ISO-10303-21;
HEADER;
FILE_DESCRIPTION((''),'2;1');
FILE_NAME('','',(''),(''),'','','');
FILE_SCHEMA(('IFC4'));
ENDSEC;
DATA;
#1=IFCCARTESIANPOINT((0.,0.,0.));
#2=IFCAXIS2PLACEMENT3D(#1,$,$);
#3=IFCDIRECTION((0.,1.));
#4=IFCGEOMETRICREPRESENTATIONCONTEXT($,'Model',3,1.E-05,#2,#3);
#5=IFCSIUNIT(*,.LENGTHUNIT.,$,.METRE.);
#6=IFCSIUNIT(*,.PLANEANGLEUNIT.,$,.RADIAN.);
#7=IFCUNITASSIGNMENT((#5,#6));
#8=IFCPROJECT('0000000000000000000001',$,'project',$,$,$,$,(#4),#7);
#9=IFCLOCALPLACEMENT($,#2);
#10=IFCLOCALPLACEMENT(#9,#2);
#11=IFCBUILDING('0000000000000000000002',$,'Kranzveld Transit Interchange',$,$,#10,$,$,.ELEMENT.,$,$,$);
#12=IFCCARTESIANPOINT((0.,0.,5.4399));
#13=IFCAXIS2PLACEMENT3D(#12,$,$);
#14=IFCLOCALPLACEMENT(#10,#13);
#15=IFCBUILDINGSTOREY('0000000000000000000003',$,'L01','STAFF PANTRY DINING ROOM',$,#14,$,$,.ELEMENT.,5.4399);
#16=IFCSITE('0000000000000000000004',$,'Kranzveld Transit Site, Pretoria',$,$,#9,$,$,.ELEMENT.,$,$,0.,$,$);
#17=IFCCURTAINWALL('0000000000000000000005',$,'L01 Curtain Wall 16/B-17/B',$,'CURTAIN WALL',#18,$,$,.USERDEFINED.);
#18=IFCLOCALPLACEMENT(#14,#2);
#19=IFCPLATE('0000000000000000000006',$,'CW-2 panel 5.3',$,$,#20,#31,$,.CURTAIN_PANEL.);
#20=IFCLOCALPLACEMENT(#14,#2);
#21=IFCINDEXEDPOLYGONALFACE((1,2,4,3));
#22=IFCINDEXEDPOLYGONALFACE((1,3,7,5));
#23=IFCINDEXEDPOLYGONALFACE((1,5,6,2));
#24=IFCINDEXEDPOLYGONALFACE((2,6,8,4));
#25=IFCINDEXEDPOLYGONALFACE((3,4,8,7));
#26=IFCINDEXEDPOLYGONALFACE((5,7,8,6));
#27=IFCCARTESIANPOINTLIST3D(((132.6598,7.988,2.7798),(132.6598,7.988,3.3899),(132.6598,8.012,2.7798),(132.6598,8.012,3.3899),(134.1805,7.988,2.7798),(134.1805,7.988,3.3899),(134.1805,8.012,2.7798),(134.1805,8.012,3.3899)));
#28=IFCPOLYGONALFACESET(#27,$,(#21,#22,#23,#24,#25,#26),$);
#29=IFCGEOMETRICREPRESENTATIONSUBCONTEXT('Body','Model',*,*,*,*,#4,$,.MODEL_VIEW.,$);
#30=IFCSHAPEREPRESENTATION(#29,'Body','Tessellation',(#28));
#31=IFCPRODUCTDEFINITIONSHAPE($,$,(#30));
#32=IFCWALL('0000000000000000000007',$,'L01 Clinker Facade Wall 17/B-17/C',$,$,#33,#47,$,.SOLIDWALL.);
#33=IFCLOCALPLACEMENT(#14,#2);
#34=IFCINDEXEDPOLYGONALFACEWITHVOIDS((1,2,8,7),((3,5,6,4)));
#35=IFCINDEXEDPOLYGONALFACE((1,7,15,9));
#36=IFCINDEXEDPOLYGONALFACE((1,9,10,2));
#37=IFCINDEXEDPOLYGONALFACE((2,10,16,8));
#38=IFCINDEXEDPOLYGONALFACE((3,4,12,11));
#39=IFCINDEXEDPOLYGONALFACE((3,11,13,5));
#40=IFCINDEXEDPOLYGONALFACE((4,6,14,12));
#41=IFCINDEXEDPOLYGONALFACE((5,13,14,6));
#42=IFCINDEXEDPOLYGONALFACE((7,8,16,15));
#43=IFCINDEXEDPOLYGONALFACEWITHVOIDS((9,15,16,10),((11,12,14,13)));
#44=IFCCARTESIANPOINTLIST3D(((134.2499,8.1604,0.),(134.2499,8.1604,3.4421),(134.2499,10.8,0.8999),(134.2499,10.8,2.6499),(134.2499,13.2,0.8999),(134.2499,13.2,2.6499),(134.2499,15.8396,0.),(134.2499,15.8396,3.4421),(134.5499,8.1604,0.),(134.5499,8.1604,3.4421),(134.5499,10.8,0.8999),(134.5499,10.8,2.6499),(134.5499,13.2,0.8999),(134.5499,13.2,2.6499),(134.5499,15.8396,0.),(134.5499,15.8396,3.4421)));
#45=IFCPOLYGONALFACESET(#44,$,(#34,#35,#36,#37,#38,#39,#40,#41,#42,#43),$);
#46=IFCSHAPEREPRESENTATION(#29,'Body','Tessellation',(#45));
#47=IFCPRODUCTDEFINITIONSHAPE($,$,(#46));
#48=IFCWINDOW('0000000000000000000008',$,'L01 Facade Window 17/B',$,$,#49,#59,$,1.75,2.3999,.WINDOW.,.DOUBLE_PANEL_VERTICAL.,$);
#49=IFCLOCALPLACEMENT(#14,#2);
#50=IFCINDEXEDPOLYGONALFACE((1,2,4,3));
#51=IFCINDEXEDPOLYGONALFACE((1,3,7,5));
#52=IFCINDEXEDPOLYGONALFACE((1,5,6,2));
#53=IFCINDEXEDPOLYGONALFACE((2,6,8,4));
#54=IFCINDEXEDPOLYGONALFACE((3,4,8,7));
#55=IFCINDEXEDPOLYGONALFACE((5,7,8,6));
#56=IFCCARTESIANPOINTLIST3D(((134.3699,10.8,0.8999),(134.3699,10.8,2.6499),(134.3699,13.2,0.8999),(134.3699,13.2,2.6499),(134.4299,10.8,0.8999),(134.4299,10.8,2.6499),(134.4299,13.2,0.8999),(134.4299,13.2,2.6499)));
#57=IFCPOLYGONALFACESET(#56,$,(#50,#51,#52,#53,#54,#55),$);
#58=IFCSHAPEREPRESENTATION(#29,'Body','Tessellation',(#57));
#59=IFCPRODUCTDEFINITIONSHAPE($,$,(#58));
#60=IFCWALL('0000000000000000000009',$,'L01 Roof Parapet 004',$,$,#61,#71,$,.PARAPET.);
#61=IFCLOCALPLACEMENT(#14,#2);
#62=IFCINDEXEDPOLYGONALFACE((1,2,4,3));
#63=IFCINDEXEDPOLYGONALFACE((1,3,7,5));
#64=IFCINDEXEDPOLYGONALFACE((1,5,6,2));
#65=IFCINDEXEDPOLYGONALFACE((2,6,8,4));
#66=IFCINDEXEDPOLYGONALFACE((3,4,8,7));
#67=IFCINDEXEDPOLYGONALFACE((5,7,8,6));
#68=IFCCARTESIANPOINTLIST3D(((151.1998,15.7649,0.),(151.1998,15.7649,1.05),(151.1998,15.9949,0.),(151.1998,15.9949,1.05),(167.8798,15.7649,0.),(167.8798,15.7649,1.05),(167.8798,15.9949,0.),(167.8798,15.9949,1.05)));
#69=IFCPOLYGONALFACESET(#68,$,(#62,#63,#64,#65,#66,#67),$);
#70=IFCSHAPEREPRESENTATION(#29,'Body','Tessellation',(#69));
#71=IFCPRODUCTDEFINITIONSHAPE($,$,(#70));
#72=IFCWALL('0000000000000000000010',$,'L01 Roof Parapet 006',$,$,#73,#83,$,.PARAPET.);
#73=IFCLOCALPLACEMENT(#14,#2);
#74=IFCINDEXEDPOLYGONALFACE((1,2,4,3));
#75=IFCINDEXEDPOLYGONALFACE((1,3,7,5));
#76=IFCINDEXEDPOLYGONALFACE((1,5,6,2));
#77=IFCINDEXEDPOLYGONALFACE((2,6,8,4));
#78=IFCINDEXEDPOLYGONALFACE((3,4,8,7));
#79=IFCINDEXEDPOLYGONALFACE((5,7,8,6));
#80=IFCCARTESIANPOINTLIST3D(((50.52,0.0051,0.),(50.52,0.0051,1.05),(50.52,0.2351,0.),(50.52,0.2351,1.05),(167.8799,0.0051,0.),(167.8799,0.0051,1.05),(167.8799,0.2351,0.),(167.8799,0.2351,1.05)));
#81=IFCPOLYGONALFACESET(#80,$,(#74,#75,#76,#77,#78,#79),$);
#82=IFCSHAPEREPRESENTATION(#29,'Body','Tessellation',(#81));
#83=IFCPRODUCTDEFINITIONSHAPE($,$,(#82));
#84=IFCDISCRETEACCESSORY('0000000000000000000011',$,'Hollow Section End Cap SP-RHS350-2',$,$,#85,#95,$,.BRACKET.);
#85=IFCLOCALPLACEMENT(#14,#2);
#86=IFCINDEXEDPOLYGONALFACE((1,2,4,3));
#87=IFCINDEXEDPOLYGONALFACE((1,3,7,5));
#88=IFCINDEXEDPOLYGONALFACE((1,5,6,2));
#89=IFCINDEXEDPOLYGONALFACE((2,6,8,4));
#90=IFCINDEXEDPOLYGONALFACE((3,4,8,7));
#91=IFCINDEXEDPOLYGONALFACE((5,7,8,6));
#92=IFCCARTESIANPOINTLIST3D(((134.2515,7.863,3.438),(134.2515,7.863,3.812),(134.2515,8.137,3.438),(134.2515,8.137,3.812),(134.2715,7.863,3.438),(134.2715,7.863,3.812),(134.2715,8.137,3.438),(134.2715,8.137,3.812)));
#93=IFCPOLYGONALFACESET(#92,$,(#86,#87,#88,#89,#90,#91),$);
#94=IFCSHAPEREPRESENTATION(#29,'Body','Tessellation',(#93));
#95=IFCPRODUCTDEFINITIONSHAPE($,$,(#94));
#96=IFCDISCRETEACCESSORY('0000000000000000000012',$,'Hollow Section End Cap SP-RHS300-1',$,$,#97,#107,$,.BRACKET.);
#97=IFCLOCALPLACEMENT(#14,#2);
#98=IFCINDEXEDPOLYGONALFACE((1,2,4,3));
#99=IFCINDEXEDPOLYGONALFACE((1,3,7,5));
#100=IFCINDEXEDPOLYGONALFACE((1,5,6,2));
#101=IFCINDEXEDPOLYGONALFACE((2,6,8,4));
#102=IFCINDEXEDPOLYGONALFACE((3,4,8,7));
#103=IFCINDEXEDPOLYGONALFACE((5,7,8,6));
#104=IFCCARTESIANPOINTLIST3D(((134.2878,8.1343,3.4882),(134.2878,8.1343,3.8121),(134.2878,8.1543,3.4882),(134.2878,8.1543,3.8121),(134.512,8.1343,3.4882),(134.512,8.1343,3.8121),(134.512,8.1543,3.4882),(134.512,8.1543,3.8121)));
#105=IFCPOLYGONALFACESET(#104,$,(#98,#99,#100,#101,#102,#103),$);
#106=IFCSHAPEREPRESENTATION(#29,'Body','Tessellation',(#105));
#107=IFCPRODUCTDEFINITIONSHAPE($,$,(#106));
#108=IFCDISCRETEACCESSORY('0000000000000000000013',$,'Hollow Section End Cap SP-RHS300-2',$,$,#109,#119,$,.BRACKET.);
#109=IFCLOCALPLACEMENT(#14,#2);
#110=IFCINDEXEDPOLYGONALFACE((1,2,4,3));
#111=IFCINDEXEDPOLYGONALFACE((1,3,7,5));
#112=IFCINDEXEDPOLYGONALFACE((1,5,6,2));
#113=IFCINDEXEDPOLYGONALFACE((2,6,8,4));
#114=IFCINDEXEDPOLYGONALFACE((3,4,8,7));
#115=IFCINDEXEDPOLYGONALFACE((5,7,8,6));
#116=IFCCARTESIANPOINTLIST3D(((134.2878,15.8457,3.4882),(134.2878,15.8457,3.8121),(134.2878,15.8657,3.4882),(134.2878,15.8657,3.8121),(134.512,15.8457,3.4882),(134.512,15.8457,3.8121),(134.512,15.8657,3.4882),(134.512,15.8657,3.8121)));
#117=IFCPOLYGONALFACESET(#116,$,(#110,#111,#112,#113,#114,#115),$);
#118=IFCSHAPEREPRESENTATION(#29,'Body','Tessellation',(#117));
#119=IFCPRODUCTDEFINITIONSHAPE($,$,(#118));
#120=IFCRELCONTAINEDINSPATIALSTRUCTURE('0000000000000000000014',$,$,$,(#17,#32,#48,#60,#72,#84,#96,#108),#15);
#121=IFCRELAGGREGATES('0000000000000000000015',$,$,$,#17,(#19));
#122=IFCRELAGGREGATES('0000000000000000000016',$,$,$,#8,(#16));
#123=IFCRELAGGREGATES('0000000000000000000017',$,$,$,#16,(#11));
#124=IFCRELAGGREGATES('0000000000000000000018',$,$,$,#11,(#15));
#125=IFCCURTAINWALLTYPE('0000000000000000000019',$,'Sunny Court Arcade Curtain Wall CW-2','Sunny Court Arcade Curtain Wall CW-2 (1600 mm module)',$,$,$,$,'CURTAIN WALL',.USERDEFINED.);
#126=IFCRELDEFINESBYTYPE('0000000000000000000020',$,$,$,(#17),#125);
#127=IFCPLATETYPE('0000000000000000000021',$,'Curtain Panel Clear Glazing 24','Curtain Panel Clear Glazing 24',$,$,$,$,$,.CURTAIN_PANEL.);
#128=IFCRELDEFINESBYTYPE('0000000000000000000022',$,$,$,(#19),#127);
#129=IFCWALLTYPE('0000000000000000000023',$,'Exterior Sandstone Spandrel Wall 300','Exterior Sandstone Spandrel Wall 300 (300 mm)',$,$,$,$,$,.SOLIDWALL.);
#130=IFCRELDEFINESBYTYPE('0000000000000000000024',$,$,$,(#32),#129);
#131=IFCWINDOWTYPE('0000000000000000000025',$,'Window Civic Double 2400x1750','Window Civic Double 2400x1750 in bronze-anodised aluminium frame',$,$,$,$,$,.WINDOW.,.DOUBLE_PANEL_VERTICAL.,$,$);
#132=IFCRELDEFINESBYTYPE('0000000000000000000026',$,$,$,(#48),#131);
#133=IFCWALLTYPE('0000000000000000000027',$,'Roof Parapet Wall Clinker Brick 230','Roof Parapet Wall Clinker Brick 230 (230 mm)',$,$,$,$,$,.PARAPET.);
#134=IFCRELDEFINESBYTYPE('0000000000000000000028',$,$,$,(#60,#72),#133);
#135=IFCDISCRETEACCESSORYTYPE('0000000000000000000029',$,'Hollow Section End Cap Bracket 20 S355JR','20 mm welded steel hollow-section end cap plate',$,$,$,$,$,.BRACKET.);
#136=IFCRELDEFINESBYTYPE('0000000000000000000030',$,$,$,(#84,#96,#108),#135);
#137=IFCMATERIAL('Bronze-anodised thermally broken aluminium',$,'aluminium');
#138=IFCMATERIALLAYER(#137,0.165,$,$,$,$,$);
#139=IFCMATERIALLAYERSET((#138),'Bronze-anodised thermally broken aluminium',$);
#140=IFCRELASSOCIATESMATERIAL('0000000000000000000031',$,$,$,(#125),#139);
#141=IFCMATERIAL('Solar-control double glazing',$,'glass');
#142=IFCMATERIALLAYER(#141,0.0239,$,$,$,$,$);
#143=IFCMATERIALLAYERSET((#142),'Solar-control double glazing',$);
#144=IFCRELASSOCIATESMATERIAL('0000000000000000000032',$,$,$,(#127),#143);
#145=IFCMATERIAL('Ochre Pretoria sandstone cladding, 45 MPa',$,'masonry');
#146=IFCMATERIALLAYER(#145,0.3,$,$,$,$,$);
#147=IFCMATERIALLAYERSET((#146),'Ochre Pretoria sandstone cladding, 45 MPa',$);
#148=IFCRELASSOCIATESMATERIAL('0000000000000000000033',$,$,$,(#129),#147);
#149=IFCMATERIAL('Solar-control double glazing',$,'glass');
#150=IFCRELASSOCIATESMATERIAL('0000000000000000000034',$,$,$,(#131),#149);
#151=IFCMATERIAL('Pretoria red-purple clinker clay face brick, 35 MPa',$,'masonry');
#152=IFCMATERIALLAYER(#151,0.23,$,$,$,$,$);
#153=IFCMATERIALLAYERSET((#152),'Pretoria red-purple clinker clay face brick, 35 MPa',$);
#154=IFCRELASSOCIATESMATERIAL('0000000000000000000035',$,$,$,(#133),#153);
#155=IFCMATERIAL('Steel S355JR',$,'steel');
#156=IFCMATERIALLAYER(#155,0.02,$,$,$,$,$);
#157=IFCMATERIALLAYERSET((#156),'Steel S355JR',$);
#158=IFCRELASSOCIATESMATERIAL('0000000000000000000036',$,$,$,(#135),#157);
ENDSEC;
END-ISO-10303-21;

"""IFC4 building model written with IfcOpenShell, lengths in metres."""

from ifc_helpers import new_model, si_unit, direction, frame, frame_2d, origin, origin_2d, place, context, subcontext, project, spatial, rectangle, extrude, material, layer, layer_set, type_object, element, fill, aggregate, save


model = new_model("IFC4")

# Units and contexts
model_context = context("Model", 3, precision=1e-05, world=origin(), true_north=direction((0.0, 1.0)))
body_context = subcontext(model_context, "Body", "Model", "MODEL_VIEW")
ifc_project = project(units=[si_unit("LENGTHUNIT", "METRE"), si_unit("PLANEANGLEUNIT", "RADIAN")], contexts=[model_context])

# Site, building, storey
site_placement = place(None, origin())
site = spatial("IfcSite", under=ifc_project, at=site_placement, Name="Kranzveld Transit Site, Pretoria", CompositionType="ELEMENT", RefElevation=0.0)
building_placement = place(site_placement, origin())
building = spatial("IfcBuilding", under=site, at=building_placement, Name="Kranzveld Transit Interchange", CompositionType="ELEMENT")
storey_placement = place(building_placement, frame((0.0, 0.0, 5.4399)))
storey = spatial("IfcBuildingStorey", under=building, at=storey_placement, Name="L01", Description="STAFF PANTRY DINING ROOM", CompositionType="ELEMENT", Elevation=5.4399)

# Curtain wall
ifc_material_1 = material(Name="Bronze-anodised thermally broken aluminium", Category="aluminium")
ifc_layer_1 = layer(ifc_material_1, 0.165)
ifc_layer_set_1 = layer_set([ifc_layer_1], Name="Bronze-anodised thermally broken aluminium")
curtain_wall_type = type_object("IfcCurtainWallType", Name="Sunny Court Arcade Curtain Wall CW-2", Description="Sunny Court Arcade Curtain Wall CW-2 (1600 mm module)", ElementType="CURTAIN WALL", PredefinedType="USERDEFINED", material=ifc_layer_set_1)
curtain_wall_placement = place(storey_placement, origin())
curtain_wall = element("IfcCurtainWall", 1, at=curtain_wall_placement, inside=storey, type_object=curtain_wall_type, Name="L01 Curtain Wall 16/B-17/B", ObjectType="CURTAIN WALL", PredefinedType="USERDEFINED")

# Plate
ifc_material_2 = material(Name="Solar-control double glazing", Category="glass")
ifc_layer_2 = layer(ifc_material_2, 0.0239)
ifc_layer_set_2 = layer_set([ifc_layer_2], Name="Solar-control double glazing")
plate_type = type_object("IfcPlateType", Name="Curtain Panel Clear Glazing 24", Description="Curtain Panel Clear Glazing 24", PredefinedType="CURTAIN_PANEL", material=ifc_layer_set_2)
plate_1_placement = place(storey_placement, frame((133.4202, 8.0, 2.7798), z_axis=(0.0, 0.0, 1.0), x_axis=(1.0, 0.0, 0.0)))
plate_1 = element("IfcPlate", 2, at=plate_1_placement, type_object=plate_type, Name="CW-2 panel 5.3", PredefinedType="CURTAIN_PANEL", context=body_context, shape_type="SweptSolid", body=[
    extrude(rectangle(XDim=1.5208, YDim=0.0239, at=origin_2d()), origin(), (0.0, 0.0, 1.0), 0.6101),
])
aggregate(curtain_wall, [plate_1])

# Wall, opening, window
ifc_material_3 = material(Name="Ochre Pretoria sandstone cladding, 45 MPa", Category="masonry")
ifc_layer_3 = layer(ifc_material_3, 0.3)
ifc_layer_set_3 = layer_set([ifc_layer_3], Name="Ochre Pretoria sandstone cladding, 45 MPa")
wall_type_1 = type_object("IfcWallType", Name="Exterior Sandstone Spandrel Wall 300", Description="Exterior Sandstone Spandrel Wall 300 (300 mm)", PredefinedType="SOLIDWALL", material=ifc_layer_set_3)
wall_1_placement = place(storey_placement, frame((134.3999, 8.1604, 0.0), z_axis=(0.0, 0.0, 1.0), x_axis=(0.0, 1.0, 0.0)))
wall_1 = element("IfcWall", 3, at=wall_1_placement, inside=storey, type_object=wall_type_1, Name="L01 Clinker Facade Wall 17/B-17/C", PredefinedType="SOLIDWALL", context=body_context, shape_type="SweptSolid", body=[
    extrude(rectangle(XDim=7.6792, YDim=0.3, at=frame_2d((3.8396, 0.0))), origin(), (0.0, 0.0, 1.0), 3.4421),
])
opening_placement = place(wall_1_placement, frame((2.6396, 0.0, 0.8999), z_axis=(0.0, 0.0, 1.0), x_axis=(1.0, 0.0, 0.0)))
opening = element("IfcOpeningElement", 4, at=opening_placement, cuts=wall_1, PredefinedType="OPENING", context=body_context, shape_type="SweptSolid", body=[
    extrude(rectangle(XDim=2.3999, YDim=1.75, at=frame_2d((1.2, 0.875))), frame((0.0, 0.1599, 0.0), z_axis=(0.0, -1.0, 0.0), x_axis=(1.0, 0.0, 0.0)), (0.0, 0.0, 1.0), 0.3201),
])
ifc_material_4 = material(Name="Solar-control double glazing", Category="glass")
window_type = type_object("IfcWindowType", Name="Window Civic Double 2400x1750", Description="Window Civic Double 2400x1750 in bronze-anodised aluminium frame", PartitioningType="DOUBLE_PANEL_VERTICAL", PredefinedType="WINDOW", material=ifc_material_4)
window_placement = place(opening_placement, origin())
window = element("IfcWindow", 5, at=window_placement, inside=storey, type_object=window_type, Name="L01 Facade Window 17/B", OverallHeight=1.75, OverallWidth=2.3999, PartitioningType="DOUBLE_PANEL_VERTICAL", PredefinedType="WINDOW", context=body_context, shape_type="SweptSolid", body=[
    extrude(rectangle(XDim=2.3999, YDim=1.75, at=frame_2d((1.2, 0.875))), frame((0.0, 0.03, 0.0), z_axis=(0.0, -1.0, 0.0), x_axis=(1.0, 0.0, 0.0)), (0.0, 0.0, 1.0), 0.0601),
])
fill(opening, window)

# Walls
ifc_material_5 = material(Name="Pretoria red-purple clinker clay face brick, 35 MPa", Category="masonry")
ifc_layer_4 = layer(ifc_material_5, 0.23)
ifc_layer_set_4 = layer_set([ifc_layer_4], Name="Pretoria red-purple clinker clay face brick, 35 MPa")
wall_type_2 = type_object("IfcWallType", Name="Roof Parapet Wall Clinker Brick 230", Description="Roof Parapet Wall Clinker Brick 230 (230 mm)", PredefinedType="PARAPET", material=ifc_layer_set_4)
wall_2_placement = place(storey_placement, frame((151.2, 15.8799, 0.0), z_axis=(0.0, 0.0, 1.0), x_axis=(1.0, 0.0, 0.0)))
element("IfcWall", 6, at=wall_2_placement, inside=storey, type_object=wall_type_2, Name="L01 Roof Parapet 004", PredefinedType="PARAPET", context=body_context, shape_type="SweptSolid", body=[
    extrude(rectangle(XDim=16.6799, YDim=0.23, at=frame_2d((8.3398, 0.0))), origin(), (0.0, 0.0, 1.0), 1.05),
])
wall_3_placement = place(storey_placement, frame((167.8799, 0.1201, 0.0), z_axis=(0.0, 0.0, 1.0), x_axis=(-1.0, 0.0, 0.0)))
element("IfcWall", 7, at=wall_3_placement, inside=storey, type_object=wall_type_2, Name="L01 Roof Parapet 006", PredefinedType="PARAPET", context=body_context, shape_type="SweptSolid", body=[
    extrude(rectangle(XDim=117.3599, YDim=0.23, at=frame_2d((58.6799, 0.0))), origin(), (0.0, 0.0, 1.0), 1.05),
])

# Discrete accessories
ifc_material_6 = material(Name="Steel S355JR", Category="steel")
ifc_layer_5 = layer(ifc_material_6, 0.02)
ifc_layer_set_5 = layer_set([ifc_layer_5], Name="Steel S355JR")
discrete_accessory_type = type_object("IfcDiscreteAccessoryType", Name="Hollow Section End Cap Bracket 20 S355JR", Description="20 mm welded steel hollow-section end cap plate", PredefinedType="BRACKET", material=ifc_layer_set_5)
discrete_accessory_placement = place(storey_placement, frame((134.2515, 8.0, 3.625), z_axis=(1.0, 0.0, 0.0), x_axis=(0.0, 1.0, 0.0)))
element("IfcDiscreteAccessory", 8, at=discrete_accessory_placement, inside=storey, type_object=discrete_accessory_type, Name="Hollow Section End Cap SP-RHS350-2", PredefinedType="BRACKET", context=body_context, shape_type="SweptSolid", body=[
    extrude(rectangle(XDim=0.2739, YDim=0.374, at=origin_2d()), origin(), (0.0, 0.0, 1.0), 0.02),
])
for number, where, z_axis, x_axis, name in (
    (9, (134.3999, 8.1543, 3.6501), (0.0, -1.0, 0.0), (1.0, 0.0, 0.0), "Hollow Section End Cap SP-RHS300-1"),
    (10, (134.3999, 15.8457, 3.6501), (0.0, 1.0, 0.0), (-1.0, 0.0, 0.0), "Hollow Section End Cap SP-RHS300-2"),
):
    element("IfcDiscreteAccessory", number, at=place(storey_placement, frame(where, z_axis=z_axis, x_axis=x_axis)), inside=storey, type_object=discrete_accessory_type, Name=name, PredefinedType="BRACKET", context=body_context, shape_type="SweptSolid", body=[
        extrude(rectangle(XDim=0.2241, YDim=0.324, at=origin_2d()), origin(), (0.0, 0.0, 1.0), 0.02),
    ])

save(model, "model.ifc")
